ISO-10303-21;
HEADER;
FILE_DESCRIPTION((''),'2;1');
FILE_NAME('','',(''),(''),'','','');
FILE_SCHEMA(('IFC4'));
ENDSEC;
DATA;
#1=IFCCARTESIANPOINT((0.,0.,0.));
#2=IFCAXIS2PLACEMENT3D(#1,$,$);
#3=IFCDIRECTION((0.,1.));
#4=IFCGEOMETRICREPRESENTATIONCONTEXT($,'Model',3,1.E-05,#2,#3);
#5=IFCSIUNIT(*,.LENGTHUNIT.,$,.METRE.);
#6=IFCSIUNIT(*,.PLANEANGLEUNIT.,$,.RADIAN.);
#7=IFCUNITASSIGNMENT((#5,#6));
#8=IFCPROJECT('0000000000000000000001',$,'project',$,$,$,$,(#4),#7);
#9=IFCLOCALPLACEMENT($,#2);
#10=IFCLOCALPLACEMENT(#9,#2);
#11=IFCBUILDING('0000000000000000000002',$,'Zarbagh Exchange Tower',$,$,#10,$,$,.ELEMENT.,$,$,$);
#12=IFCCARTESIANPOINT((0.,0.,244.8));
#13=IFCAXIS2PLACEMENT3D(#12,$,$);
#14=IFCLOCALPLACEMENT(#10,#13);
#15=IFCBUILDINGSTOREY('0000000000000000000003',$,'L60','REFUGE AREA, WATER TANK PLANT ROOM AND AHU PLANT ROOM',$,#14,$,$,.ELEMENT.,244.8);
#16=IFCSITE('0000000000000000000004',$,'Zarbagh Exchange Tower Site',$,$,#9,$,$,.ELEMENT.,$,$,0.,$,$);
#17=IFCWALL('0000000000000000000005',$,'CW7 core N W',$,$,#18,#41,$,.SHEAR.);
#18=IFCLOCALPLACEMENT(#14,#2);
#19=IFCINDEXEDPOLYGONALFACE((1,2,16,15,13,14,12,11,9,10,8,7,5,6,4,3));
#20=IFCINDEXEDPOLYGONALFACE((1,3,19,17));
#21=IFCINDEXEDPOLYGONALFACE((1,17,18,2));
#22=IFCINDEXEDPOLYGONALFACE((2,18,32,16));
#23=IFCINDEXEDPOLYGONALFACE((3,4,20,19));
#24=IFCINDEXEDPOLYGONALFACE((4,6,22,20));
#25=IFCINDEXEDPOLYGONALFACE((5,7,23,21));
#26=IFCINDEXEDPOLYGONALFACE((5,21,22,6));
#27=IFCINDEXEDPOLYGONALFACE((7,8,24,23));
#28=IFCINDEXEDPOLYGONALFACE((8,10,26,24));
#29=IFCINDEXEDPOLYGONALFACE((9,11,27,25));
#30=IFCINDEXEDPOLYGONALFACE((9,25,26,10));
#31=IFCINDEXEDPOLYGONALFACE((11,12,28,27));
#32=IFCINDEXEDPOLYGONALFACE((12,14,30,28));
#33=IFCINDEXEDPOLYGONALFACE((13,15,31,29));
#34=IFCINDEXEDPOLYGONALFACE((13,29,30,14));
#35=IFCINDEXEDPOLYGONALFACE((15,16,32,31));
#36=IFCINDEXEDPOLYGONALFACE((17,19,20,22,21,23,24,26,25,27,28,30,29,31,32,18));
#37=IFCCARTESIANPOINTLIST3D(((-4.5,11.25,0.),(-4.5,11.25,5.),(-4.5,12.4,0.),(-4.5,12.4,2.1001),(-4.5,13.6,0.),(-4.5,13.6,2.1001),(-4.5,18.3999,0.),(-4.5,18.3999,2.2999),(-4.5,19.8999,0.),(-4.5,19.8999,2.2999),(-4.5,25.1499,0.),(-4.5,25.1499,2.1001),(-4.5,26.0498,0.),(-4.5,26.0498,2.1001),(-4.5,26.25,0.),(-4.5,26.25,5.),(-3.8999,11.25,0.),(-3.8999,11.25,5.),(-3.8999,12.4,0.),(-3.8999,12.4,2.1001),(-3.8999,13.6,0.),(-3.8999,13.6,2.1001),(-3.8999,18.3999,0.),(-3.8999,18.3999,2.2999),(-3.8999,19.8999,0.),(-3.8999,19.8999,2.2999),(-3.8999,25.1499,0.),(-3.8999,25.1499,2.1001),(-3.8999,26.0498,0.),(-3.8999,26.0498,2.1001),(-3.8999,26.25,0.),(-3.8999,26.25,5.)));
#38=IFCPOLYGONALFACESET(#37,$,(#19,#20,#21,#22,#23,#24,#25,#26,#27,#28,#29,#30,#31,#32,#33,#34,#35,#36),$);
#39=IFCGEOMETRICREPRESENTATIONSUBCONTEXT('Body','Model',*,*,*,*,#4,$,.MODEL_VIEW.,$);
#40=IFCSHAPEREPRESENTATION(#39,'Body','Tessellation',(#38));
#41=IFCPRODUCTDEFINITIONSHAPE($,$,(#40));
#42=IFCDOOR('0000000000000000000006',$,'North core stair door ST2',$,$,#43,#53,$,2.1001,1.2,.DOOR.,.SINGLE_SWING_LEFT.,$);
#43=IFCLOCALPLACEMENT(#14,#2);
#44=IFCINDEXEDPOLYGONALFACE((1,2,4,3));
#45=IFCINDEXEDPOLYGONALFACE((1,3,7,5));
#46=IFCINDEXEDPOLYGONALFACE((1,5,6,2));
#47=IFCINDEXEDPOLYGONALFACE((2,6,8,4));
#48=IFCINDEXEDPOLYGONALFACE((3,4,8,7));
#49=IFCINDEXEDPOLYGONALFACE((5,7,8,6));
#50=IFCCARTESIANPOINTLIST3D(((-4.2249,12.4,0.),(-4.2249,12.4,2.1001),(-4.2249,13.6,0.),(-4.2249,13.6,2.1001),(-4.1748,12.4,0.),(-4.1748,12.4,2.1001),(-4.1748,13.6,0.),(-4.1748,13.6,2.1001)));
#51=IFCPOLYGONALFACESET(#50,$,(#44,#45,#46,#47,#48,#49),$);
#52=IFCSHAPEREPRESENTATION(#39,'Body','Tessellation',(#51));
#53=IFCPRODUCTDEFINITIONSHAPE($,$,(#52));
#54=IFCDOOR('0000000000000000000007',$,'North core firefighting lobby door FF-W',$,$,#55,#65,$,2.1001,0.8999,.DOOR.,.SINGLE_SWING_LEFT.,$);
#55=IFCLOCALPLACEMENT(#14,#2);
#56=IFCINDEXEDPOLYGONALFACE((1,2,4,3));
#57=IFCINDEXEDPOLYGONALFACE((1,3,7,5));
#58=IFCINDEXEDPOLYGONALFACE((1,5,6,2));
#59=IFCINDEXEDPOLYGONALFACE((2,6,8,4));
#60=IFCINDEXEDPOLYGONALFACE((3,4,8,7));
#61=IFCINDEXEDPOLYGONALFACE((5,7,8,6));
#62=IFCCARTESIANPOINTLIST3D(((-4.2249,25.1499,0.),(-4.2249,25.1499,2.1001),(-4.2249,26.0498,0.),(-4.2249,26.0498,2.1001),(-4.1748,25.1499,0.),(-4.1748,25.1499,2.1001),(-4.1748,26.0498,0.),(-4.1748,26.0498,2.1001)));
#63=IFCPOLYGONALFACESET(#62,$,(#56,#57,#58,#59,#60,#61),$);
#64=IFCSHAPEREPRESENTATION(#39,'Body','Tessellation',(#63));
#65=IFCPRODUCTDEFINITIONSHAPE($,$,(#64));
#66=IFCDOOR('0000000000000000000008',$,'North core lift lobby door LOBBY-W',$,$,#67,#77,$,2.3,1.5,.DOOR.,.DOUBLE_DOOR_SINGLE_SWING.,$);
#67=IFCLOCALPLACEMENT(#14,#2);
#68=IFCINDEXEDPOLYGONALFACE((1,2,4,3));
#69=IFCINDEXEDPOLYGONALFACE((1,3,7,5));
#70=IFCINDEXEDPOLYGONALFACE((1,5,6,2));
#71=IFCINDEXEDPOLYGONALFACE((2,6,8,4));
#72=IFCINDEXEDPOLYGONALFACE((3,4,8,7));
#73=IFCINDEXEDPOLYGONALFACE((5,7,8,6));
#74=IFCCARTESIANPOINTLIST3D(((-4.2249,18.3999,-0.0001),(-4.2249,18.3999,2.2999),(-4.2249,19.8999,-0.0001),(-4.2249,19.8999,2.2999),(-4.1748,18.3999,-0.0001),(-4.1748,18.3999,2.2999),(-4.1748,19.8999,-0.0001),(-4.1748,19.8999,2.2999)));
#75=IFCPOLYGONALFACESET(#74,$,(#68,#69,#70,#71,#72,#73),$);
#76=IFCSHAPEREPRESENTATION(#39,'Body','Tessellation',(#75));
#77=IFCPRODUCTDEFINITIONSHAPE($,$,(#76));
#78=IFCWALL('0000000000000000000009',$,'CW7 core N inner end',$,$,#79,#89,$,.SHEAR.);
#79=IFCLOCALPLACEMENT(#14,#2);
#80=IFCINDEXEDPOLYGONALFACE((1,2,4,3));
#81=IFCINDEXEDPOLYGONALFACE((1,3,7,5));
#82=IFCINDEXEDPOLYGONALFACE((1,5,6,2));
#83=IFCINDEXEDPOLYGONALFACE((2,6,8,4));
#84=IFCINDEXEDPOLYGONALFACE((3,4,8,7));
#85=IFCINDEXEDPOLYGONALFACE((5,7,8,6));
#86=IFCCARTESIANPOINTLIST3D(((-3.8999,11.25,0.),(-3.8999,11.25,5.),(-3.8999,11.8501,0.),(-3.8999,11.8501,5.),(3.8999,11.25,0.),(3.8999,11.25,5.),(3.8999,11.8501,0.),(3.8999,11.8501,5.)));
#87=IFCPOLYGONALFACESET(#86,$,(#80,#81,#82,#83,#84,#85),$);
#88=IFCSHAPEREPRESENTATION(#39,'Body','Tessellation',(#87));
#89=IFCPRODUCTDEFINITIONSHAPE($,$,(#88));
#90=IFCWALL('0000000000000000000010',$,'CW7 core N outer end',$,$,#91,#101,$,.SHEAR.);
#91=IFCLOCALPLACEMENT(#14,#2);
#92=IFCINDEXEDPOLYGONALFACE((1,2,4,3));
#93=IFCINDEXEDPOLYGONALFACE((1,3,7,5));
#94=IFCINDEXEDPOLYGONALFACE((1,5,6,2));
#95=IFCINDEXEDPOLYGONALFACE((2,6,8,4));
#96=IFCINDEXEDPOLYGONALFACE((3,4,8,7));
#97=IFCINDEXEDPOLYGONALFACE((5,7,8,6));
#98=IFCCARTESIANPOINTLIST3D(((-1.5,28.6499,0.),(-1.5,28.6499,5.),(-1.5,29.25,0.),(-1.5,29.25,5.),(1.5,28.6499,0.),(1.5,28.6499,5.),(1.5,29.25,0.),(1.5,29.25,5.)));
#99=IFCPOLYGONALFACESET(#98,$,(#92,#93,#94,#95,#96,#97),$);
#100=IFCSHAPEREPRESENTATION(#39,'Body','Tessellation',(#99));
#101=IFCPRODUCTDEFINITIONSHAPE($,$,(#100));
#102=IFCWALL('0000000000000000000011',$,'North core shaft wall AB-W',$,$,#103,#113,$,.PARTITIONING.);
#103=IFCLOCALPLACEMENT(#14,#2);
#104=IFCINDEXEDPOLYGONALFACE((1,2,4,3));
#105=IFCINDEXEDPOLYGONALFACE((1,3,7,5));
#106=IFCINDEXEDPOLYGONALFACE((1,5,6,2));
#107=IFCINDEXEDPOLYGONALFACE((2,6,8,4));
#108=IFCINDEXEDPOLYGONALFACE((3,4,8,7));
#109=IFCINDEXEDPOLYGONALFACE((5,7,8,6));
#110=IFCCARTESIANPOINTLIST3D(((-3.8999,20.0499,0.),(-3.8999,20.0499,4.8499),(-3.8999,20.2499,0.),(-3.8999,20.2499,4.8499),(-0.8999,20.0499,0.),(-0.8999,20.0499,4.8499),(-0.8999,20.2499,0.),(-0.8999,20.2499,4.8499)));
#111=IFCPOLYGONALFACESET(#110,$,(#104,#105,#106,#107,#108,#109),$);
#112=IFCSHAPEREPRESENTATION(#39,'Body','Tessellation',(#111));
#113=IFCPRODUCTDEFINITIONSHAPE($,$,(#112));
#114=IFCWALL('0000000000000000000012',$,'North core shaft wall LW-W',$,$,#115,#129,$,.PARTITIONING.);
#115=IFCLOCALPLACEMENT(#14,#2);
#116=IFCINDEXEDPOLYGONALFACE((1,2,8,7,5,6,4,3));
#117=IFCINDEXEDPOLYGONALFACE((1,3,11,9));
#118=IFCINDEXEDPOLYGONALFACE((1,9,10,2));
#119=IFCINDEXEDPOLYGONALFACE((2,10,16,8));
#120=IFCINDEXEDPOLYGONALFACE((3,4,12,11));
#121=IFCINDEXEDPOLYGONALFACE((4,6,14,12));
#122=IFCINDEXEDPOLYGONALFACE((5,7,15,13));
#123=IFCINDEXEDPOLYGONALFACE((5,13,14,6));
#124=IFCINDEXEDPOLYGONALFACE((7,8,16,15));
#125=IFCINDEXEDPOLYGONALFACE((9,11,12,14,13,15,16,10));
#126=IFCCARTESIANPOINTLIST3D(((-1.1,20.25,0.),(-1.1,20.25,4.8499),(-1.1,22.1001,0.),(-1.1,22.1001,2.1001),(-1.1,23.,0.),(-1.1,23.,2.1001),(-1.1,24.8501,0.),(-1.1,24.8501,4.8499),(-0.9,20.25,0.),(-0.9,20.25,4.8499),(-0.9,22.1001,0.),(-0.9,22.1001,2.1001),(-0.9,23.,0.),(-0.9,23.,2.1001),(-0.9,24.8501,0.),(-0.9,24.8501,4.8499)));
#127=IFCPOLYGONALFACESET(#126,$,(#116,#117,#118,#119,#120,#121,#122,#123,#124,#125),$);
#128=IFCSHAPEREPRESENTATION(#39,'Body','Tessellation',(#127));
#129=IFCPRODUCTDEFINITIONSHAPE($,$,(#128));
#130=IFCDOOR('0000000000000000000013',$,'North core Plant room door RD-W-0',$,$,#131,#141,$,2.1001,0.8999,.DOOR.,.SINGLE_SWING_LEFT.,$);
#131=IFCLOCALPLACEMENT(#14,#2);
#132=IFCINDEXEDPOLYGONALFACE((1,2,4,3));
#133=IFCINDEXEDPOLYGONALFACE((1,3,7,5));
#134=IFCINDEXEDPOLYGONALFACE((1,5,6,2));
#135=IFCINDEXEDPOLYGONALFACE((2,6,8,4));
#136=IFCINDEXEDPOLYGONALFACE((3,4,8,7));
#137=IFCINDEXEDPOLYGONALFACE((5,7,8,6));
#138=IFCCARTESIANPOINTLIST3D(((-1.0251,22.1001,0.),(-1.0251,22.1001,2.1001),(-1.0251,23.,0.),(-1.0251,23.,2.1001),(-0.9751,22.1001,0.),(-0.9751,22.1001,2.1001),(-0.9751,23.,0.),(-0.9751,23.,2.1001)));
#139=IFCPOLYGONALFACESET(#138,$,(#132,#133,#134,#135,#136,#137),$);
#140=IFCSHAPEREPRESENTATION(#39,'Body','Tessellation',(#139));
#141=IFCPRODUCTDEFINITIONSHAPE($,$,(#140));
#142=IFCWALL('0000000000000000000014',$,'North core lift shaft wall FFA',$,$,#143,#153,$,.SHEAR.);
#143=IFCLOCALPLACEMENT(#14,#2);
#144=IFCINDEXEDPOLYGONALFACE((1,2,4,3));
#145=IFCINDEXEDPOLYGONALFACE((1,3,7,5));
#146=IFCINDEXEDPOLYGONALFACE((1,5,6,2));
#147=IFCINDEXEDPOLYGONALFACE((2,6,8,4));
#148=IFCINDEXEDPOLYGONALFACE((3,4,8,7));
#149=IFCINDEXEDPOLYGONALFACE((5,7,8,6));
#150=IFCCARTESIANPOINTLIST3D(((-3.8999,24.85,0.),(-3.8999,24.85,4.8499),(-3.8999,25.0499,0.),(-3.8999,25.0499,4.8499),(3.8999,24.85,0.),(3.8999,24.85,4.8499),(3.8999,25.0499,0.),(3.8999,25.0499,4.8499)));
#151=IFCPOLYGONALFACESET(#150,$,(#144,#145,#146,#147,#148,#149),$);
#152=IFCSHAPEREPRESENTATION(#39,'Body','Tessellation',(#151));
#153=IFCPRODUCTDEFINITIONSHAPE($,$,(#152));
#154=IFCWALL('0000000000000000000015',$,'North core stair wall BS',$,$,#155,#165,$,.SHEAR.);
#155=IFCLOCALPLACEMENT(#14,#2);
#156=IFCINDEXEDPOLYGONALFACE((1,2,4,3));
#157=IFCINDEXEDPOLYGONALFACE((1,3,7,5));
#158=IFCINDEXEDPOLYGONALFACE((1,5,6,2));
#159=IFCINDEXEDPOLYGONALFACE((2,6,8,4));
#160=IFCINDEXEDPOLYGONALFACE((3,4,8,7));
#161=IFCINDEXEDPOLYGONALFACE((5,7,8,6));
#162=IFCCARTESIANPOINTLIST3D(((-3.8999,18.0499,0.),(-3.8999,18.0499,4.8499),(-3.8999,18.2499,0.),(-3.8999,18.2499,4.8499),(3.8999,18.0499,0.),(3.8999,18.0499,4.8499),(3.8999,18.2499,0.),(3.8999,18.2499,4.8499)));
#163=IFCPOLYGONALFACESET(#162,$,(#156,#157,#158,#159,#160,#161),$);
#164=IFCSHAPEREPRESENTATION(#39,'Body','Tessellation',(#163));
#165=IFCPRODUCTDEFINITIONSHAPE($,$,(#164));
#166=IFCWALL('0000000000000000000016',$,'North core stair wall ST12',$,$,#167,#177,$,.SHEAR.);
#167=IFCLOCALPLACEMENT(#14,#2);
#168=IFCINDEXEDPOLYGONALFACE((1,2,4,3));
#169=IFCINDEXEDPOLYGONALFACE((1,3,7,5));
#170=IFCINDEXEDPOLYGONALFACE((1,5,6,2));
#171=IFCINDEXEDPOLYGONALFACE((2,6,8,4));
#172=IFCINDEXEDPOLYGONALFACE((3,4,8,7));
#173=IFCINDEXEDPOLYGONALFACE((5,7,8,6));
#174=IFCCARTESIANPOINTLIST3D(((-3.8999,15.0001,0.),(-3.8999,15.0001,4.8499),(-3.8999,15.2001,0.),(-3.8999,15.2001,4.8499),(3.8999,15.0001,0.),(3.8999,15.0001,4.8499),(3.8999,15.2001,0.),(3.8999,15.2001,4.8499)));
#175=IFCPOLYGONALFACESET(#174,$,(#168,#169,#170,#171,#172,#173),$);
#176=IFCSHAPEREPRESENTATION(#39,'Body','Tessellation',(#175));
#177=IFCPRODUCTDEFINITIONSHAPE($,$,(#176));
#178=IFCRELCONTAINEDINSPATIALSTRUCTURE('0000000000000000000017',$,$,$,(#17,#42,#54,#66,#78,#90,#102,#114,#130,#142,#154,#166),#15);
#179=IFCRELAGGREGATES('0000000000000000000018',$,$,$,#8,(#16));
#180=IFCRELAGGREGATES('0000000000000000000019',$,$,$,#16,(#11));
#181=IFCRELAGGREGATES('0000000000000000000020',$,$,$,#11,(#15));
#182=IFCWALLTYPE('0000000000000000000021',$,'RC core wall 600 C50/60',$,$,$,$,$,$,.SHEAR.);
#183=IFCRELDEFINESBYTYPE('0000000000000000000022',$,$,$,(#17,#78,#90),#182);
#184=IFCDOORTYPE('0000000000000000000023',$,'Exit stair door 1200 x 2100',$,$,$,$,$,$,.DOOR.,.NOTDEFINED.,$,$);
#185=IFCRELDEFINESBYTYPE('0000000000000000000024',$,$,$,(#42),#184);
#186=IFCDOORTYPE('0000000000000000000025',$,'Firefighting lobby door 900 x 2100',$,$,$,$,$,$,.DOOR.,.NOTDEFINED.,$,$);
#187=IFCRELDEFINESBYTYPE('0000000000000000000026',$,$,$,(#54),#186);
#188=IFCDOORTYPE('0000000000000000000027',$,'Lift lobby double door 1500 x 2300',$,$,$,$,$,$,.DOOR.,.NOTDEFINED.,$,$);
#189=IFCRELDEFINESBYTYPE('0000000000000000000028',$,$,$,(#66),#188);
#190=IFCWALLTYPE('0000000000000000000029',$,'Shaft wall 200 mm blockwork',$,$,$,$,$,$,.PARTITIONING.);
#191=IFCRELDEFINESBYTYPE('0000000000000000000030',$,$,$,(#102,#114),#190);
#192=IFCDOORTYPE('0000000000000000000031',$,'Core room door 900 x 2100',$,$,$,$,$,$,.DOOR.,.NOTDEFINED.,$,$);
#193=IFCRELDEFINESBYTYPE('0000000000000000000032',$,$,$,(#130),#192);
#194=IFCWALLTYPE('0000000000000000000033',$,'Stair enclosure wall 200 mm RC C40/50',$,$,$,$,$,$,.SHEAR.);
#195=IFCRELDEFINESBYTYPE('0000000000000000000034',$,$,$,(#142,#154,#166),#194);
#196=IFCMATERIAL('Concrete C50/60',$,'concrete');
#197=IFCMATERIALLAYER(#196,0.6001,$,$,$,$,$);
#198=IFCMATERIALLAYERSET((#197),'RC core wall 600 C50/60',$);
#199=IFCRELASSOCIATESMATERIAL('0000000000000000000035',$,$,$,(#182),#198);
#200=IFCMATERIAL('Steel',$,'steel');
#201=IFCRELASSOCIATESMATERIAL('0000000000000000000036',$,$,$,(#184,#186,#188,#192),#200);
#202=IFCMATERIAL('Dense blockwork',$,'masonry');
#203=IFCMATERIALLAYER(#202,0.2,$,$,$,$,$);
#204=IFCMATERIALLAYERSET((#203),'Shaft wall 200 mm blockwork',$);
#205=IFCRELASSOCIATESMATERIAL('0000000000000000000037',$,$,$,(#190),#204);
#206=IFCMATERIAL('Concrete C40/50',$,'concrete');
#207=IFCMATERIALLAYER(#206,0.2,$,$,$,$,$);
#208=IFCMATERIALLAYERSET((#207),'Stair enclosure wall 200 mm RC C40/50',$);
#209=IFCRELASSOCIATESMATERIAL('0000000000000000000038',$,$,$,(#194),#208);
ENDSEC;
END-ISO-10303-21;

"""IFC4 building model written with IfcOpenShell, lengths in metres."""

from ifc_helpers import new_model, si_unit, direction, frame, frame_2d, origin, place, context, subcontext, project, spatial, rectangle, extrude, material, layer, layer_set, type_object, element, fill, save


model = new_model("IFC4")

# Units and contexts
model_context = context("Model", 3, precision=1e-05, world=origin(), true_north=direction((0.0, 1.0)))
body_context = subcontext(model_context, "Body", "Model", "MODEL_VIEW")
ifc_project = project(units=[si_unit("LENGTHUNIT", "METRE"), si_unit("PLANEANGLEUNIT", "RADIAN")], contexts=[model_context])

# Site, building, storey
site_placement = place(None, origin())
site = spatial("IfcSite", under=ifc_project, at=site_placement, Name="Zarbagh Exchange Tower Site", CompositionType="ELEMENT", RefElevation=0.0)
building_placement = place(site_placement, origin())
building = spatial("IfcBuilding", under=site, at=building_placement, Name="Zarbagh Exchange Tower", CompositionType="ELEMENT")
storey_placement = place(building_placement, frame((0.0, 0.0, 244.8)))
storey = spatial("IfcBuildingStorey", under=building, at=storey_placement, Name="L60", Description="REFUGE AREA, WATER TANK PLANT ROOM AND AHU PLANT ROOM", CompositionType="ELEMENT", Elevation=244.8)

# Shared definitions
ifc_material_1 = material(Name="Concrete C50/60", Category="concrete")

# Wall, openings, doors
ifc_layer_1 = layer(ifc_material_1, 0.6001)
ifc_layer_set_1 = layer_set([ifc_layer_1], Name="RC core wall 600 C50/60")
wall_type_1 = type_object("IfcWallType", Name="RC core wall 600 C50/60", PredefinedType="SHEAR", material=ifc_layer_set_1)
wall_1_placement = place(storey_placement, frame((-4.2, 11.25, 0.0), z_axis=(0.0, 0.0, 1.0), x_axis=(0.0, 1.0, 0.0)))
wall_1 = element("IfcWall", 1, at=wall_1_placement, inside=storey, type_object=wall_type_1, Name="CW7 core N W", PredefinedType="SHEAR", context=body_context, shape_type="SweptSolid", body=[
    extrude(rectangle(XDim=15.0, YDim=0.6001, at=frame_2d((7.5, 0.0))), origin(), (0.0, 0.0, 1.0), 5.0),
])
opening_1_placement = place(wall_1_placement, frame((7.1499, 0.0, 0.0)))
opening_1 = element("IfcOpeningElement", 2, at=opening_1_placement, cuts=wall_1, PredefinedType="OPENING", context=body_context, shape_type="SweptSolid", body=[
    extrude(rectangle(XDim=1.5, YDim=2.3, at=frame_2d((0.75, 1.1499))), frame((0.0, 0.3101, 0.0), z_axis=(0.0, -1.0, 0.0), x_axis=(1.0, 0.0, 0.0)), (0.0, 0.0, 1.0), 0.6201),
])
opening_2_placement = place(wall_1_placement, frame((13.8999, 0.0, 0.0)))
opening_2 = element("IfcOpeningElement", 3, at=opening_2_placement, cuts=wall_1, PredefinedType="OPENING", context=body_context, shape_type="SweptSolid", body=[
    extrude(rectangle(XDim=0.8999, YDim=2.1001, at=frame_2d((0.45, 1.05))), frame((0.0, 0.3101, 0.0), z_axis=(0.0, -1.0, 0.0), x_axis=(1.0, 0.0, 0.0)), (0.0, 0.0, 1.0), 0.6201),
])
opening_3_placement = place(wall_1_placement, frame((1.1499, 0.0, 0.0)))
opening_3 = element("IfcOpeningElement", 4, at=opening_3_placement, cuts=wall_1, PredefinedType="OPENING", context=body_context, shape_type="SweptSolid", body=[
    extrude(rectangle(XDim=1.2, YDim=2.1001, at=frame_2d((0.6001, 1.05))), frame((0.0, 0.3101, 0.0), z_axis=(0.0, -1.0, 0.0), x_axis=(1.0, 0.0, 0.0)), (0.0, 0.0, 1.0), 0.6201),
])
ifc_material_2 = material(Name="Steel", Category="steel")
door_type_1 = type_object("IfcDoorType", Name="Exit stair door 1200 x 2100", OperationType="NOTDEFINED", PredefinedType="DOOR", material=ifc_material_2)
door_1_placement = place(opening_3_placement, origin())
door_1 = element("IfcDoor", 5, at=door_1_placement, inside=storey, type_object=door_type_1, Name="North core stair door ST2", OperationType="SINGLE_SWING_LEFT", OverallHeight=2.1001, OverallWidth=1.2, PredefinedType="DOOR", context=body_context, shape_type="SweptSolid", body=[
    extrude(rectangle(XDim=1.2, YDim=2.1001, at=frame_2d((0.6001, 1.05))), frame((0.0, 0.0249, 0.0), z_axis=(0.0, -1.0, 0.0), x_axis=(1.0, 0.0, 0.0)), (0.0, 0.0, 1.0), 0.05),
])
fill(opening_3, door_1)
door_type_2 = type_object("IfcDoorType", Name="Firefighting lobby door 900 x 2100", OperationType="NOTDEFINED", PredefinedType="DOOR", material=ifc_material_2)
door_2_placement = place(opening_2_placement, origin())
door_2 = element("IfcDoor", 6, at=door_2_placement, inside=storey, type_object=door_type_2, Name="North core firefighting lobby door FF-W", OperationType="SINGLE_SWING_LEFT", OverallHeight=2.1001, OverallWidth=0.8999, PredefinedType="DOOR", context=body_context, shape_type="SweptSolid", body=[
    extrude(rectangle(XDim=0.8999, YDim=2.1001, at=frame_2d((0.45, 1.05))), frame((0.0, 0.0249, 0.0), z_axis=(0.0, -1.0, 0.0), x_axis=(1.0, 0.0, 0.0)), (0.0, 0.0, 1.0), 0.05),
])
fill(opening_2, door_2)
door_type_3 = type_object("IfcDoorType", Name="Lift lobby double door 1500 x 2300", OperationType="NOTDEFINED", PredefinedType="DOOR", material=ifc_material_2)
door_3_placement = place(opening_1_placement, origin())
door_3 = element("IfcDoor", 7, at=door_3_placement, inside=storey, type_object=door_type_3, Name="North core lift lobby door LOBBY-W", OperationType="DOUBLE_DOOR_SINGLE_SWING", OverallHeight=2.3, OverallWidth=1.5, PredefinedType="DOOR", context=body_context, shape_type="SweptSolid", body=[
    extrude(rectangle(XDim=1.5, YDim=2.3, at=frame_2d((0.75, 1.1499))), frame((0.0, 0.0249, 0.0), z_axis=(0.0, -1.0, 0.0), x_axis=(1.0, 0.0, 0.0)), (0.0, 0.0, 1.0), 0.05),
])
fill(opening_1, door_3)

# Walls
wall_2_placement = place(storey_placement, frame((-3.8999, 11.55, 0.0), z_axis=(0.0, 0.0, 1.0), x_axis=(1.0, 0.0, 0.0)))
element("IfcWall", 8, at=wall_2_placement, inside=storey, type_object=wall_type_1, Name="CW7 core N inner end", PredefinedType="SHEAR", context=body_context, shape_type="SweptSolid", body=[
    extrude(rectangle(XDim=7.7998, YDim=0.6001, at=frame_2d((3.8999, 0.0))), origin(), (0.0, 0.0, 1.0), 5.0),
])
wall_3_placement = place(storey_placement, frame((-1.5, 28.95, 0.0), z_axis=(0.0, 0.0, 1.0), x_axis=(1.0, 0.0, 0.0)))
element("IfcWall", 9, at=wall_3_placement, inside=storey, type_object=wall_type_1, Name="CW7 core N outer end", PredefinedType="SHEAR", context=body_context, shape_type="SweptSolid", body=[
    extrude(rectangle(XDim=3.0, YDim=0.6001, at=frame_2d((1.5, 0.0))), origin(), (0.0, 0.0, 1.0), 5.0),
])
ifc_material_3 = material(Name="Dense blockwork", Category="masonry")
ifc_layer_2 = layer(ifc_material_3, 0.2)
ifc_layer_set_2 = layer_set([ifc_layer_2], Name="Shaft wall 200 mm blockwork")
wall_type_2 = type_object("IfcWallType", Name="Shaft wall 200 mm blockwork", PredefinedType="PARTITIONING", material=ifc_layer_set_2)
wall_4_placement = place(storey_placement, frame((-3.8999, 20.1499, 0.0), z_axis=(0.0, 0.0, 1.0), x_axis=(1.0, 0.0, 0.0)))
element("IfcWall", 10, at=wall_4_placement, inside=storey, type_object=wall_type_2, Name="North core shaft wall AB-W", PredefinedType="PARTITIONING", context=body_context, shape_type="SweptSolid", body=[
    extrude(rectangle(XDim=3.0, YDim=0.2, at=frame_2d((1.5, 0.0))), origin(), (0.0, 0.0, 1.0), 4.8499),
])

# Wall, opening, door
wall_5_placement = place(storey_placement, frame((-1.0, 24.8501, 0.0), z_axis=(0.0, 0.0, 1.0), x_axis=(0.0, -1.0, 0.0)))
wall_5 = element("IfcWall", 11, at=wall_5_placement, inside=storey, type_object=wall_type_2, Name="North core shaft wall LW-W", PredefinedType="PARTITIONING", context=body_context, shape_type="SweptSolid", body=[
    extrude(rectangle(XDim=4.6001, YDim=0.2, at=frame_2d((2.3, 0.0))), origin(), (0.0, 0.0, 1.0), 4.8499),
])
opening_4_placement = place(wall_5_placement, frame((1.8501, 0.0, 0.0)))
opening_4 = element("IfcOpeningElement", 12, at=opening_4_placement, cuts=wall_5, PredefinedType="OPENING", context=body_context, shape_type="SweptSolid", body=[
    extrude(rectangle(XDim=0.8999, YDim=2.1001, at=frame_2d((0.45, 1.05))), frame((0.0, 0.1099, 0.0), z_axis=(0.0, -1.0, 0.0), x_axis=(1.0, 0.0, 0.0)), (0.0, 0.0, 1.0), 0.22),
])
door_type_4 = type_object("IfcDoorType", Name="Core room door 900 x 2100", OperationType="NOTDEFINED", PredefinedType="DOOR", material=ifc_material_2)
door_4_placement = place(opening_4_placement, origin())
door_4 = element("IfcDoor", 13, at=door_4_placement, inside=storey, type_object=door_type_4, Name="North core Plant room door RD-W-0", OperationType="SINGLE_SWING_LEFT", OverallHeight=2.1001, OverallWidth=0.8999, PredefinedType="DOOR", context=body_context, shape_type="SweptSolid", body=[
    extrude(rectangle(XDim=0.8999, YDim=2.1001, at=frame_2d((0.45, 1.05))), frame((0.0, 0.0249, 0.0), z_axis=(0.0, -1.0, 0.0), x_axis=(1.0, 0.0, 0.0)), (0.0, 0.0, 1.0), 0.05),
])
fill(opening_4, door_4)

# Walls
ifc_material_4 = material(Name="Concrete C40/50", Category="concrete")
ifc_layer_3 = layer(ifc_material_4, 0.2)
ifc_layer_set_3 = layer_set([ifc_layer_3], Name="Stair enclosure wall 200 mm RC C40/50")
wall_type_3 = type_object("IfcWallType", Name="Stair enclosure wall 200 mm RC C40/50", PredefinedType="SHEAR", material=ifc_layer_set_3)
for number, where, z_axis, x_axis, name in (
    (14, (-3.8999, 24.95, 0.0), (0.0, 0.0, 1.0), (1.0, 0.0, 0.0), "North core lift shaft wall FFA"),
    (15, (-3.8999, 18.1499, 0.0), (0.0, 0.0, 1.0), (1.0, 0.0, 0.0), "North core stair wall BS"),
    (16, (-3.8999, 15.1001, 0.0), (0.0, 0.0, 1.0), (1.0, 0.0, 0.0), "North core stair wall ST12"),
):
    element("IfcWall", number, at=place(storey_placement, frame(where, z_axis=z_axis, x_axis=x_axis)), inside=storey, type_object=wall_type_3, Name=name, PredefinedType="SHEAR", context=body_context, shape_type="SweptSolid", body=[
        extrude(rectangle(XDim=7.7998, YDim=0.2, at=frame_2d((3.8999, 0.0))), origin(), (0.0, 0.0, 1.0), 4.8499),
    ])

save(model, "model.ifc")
